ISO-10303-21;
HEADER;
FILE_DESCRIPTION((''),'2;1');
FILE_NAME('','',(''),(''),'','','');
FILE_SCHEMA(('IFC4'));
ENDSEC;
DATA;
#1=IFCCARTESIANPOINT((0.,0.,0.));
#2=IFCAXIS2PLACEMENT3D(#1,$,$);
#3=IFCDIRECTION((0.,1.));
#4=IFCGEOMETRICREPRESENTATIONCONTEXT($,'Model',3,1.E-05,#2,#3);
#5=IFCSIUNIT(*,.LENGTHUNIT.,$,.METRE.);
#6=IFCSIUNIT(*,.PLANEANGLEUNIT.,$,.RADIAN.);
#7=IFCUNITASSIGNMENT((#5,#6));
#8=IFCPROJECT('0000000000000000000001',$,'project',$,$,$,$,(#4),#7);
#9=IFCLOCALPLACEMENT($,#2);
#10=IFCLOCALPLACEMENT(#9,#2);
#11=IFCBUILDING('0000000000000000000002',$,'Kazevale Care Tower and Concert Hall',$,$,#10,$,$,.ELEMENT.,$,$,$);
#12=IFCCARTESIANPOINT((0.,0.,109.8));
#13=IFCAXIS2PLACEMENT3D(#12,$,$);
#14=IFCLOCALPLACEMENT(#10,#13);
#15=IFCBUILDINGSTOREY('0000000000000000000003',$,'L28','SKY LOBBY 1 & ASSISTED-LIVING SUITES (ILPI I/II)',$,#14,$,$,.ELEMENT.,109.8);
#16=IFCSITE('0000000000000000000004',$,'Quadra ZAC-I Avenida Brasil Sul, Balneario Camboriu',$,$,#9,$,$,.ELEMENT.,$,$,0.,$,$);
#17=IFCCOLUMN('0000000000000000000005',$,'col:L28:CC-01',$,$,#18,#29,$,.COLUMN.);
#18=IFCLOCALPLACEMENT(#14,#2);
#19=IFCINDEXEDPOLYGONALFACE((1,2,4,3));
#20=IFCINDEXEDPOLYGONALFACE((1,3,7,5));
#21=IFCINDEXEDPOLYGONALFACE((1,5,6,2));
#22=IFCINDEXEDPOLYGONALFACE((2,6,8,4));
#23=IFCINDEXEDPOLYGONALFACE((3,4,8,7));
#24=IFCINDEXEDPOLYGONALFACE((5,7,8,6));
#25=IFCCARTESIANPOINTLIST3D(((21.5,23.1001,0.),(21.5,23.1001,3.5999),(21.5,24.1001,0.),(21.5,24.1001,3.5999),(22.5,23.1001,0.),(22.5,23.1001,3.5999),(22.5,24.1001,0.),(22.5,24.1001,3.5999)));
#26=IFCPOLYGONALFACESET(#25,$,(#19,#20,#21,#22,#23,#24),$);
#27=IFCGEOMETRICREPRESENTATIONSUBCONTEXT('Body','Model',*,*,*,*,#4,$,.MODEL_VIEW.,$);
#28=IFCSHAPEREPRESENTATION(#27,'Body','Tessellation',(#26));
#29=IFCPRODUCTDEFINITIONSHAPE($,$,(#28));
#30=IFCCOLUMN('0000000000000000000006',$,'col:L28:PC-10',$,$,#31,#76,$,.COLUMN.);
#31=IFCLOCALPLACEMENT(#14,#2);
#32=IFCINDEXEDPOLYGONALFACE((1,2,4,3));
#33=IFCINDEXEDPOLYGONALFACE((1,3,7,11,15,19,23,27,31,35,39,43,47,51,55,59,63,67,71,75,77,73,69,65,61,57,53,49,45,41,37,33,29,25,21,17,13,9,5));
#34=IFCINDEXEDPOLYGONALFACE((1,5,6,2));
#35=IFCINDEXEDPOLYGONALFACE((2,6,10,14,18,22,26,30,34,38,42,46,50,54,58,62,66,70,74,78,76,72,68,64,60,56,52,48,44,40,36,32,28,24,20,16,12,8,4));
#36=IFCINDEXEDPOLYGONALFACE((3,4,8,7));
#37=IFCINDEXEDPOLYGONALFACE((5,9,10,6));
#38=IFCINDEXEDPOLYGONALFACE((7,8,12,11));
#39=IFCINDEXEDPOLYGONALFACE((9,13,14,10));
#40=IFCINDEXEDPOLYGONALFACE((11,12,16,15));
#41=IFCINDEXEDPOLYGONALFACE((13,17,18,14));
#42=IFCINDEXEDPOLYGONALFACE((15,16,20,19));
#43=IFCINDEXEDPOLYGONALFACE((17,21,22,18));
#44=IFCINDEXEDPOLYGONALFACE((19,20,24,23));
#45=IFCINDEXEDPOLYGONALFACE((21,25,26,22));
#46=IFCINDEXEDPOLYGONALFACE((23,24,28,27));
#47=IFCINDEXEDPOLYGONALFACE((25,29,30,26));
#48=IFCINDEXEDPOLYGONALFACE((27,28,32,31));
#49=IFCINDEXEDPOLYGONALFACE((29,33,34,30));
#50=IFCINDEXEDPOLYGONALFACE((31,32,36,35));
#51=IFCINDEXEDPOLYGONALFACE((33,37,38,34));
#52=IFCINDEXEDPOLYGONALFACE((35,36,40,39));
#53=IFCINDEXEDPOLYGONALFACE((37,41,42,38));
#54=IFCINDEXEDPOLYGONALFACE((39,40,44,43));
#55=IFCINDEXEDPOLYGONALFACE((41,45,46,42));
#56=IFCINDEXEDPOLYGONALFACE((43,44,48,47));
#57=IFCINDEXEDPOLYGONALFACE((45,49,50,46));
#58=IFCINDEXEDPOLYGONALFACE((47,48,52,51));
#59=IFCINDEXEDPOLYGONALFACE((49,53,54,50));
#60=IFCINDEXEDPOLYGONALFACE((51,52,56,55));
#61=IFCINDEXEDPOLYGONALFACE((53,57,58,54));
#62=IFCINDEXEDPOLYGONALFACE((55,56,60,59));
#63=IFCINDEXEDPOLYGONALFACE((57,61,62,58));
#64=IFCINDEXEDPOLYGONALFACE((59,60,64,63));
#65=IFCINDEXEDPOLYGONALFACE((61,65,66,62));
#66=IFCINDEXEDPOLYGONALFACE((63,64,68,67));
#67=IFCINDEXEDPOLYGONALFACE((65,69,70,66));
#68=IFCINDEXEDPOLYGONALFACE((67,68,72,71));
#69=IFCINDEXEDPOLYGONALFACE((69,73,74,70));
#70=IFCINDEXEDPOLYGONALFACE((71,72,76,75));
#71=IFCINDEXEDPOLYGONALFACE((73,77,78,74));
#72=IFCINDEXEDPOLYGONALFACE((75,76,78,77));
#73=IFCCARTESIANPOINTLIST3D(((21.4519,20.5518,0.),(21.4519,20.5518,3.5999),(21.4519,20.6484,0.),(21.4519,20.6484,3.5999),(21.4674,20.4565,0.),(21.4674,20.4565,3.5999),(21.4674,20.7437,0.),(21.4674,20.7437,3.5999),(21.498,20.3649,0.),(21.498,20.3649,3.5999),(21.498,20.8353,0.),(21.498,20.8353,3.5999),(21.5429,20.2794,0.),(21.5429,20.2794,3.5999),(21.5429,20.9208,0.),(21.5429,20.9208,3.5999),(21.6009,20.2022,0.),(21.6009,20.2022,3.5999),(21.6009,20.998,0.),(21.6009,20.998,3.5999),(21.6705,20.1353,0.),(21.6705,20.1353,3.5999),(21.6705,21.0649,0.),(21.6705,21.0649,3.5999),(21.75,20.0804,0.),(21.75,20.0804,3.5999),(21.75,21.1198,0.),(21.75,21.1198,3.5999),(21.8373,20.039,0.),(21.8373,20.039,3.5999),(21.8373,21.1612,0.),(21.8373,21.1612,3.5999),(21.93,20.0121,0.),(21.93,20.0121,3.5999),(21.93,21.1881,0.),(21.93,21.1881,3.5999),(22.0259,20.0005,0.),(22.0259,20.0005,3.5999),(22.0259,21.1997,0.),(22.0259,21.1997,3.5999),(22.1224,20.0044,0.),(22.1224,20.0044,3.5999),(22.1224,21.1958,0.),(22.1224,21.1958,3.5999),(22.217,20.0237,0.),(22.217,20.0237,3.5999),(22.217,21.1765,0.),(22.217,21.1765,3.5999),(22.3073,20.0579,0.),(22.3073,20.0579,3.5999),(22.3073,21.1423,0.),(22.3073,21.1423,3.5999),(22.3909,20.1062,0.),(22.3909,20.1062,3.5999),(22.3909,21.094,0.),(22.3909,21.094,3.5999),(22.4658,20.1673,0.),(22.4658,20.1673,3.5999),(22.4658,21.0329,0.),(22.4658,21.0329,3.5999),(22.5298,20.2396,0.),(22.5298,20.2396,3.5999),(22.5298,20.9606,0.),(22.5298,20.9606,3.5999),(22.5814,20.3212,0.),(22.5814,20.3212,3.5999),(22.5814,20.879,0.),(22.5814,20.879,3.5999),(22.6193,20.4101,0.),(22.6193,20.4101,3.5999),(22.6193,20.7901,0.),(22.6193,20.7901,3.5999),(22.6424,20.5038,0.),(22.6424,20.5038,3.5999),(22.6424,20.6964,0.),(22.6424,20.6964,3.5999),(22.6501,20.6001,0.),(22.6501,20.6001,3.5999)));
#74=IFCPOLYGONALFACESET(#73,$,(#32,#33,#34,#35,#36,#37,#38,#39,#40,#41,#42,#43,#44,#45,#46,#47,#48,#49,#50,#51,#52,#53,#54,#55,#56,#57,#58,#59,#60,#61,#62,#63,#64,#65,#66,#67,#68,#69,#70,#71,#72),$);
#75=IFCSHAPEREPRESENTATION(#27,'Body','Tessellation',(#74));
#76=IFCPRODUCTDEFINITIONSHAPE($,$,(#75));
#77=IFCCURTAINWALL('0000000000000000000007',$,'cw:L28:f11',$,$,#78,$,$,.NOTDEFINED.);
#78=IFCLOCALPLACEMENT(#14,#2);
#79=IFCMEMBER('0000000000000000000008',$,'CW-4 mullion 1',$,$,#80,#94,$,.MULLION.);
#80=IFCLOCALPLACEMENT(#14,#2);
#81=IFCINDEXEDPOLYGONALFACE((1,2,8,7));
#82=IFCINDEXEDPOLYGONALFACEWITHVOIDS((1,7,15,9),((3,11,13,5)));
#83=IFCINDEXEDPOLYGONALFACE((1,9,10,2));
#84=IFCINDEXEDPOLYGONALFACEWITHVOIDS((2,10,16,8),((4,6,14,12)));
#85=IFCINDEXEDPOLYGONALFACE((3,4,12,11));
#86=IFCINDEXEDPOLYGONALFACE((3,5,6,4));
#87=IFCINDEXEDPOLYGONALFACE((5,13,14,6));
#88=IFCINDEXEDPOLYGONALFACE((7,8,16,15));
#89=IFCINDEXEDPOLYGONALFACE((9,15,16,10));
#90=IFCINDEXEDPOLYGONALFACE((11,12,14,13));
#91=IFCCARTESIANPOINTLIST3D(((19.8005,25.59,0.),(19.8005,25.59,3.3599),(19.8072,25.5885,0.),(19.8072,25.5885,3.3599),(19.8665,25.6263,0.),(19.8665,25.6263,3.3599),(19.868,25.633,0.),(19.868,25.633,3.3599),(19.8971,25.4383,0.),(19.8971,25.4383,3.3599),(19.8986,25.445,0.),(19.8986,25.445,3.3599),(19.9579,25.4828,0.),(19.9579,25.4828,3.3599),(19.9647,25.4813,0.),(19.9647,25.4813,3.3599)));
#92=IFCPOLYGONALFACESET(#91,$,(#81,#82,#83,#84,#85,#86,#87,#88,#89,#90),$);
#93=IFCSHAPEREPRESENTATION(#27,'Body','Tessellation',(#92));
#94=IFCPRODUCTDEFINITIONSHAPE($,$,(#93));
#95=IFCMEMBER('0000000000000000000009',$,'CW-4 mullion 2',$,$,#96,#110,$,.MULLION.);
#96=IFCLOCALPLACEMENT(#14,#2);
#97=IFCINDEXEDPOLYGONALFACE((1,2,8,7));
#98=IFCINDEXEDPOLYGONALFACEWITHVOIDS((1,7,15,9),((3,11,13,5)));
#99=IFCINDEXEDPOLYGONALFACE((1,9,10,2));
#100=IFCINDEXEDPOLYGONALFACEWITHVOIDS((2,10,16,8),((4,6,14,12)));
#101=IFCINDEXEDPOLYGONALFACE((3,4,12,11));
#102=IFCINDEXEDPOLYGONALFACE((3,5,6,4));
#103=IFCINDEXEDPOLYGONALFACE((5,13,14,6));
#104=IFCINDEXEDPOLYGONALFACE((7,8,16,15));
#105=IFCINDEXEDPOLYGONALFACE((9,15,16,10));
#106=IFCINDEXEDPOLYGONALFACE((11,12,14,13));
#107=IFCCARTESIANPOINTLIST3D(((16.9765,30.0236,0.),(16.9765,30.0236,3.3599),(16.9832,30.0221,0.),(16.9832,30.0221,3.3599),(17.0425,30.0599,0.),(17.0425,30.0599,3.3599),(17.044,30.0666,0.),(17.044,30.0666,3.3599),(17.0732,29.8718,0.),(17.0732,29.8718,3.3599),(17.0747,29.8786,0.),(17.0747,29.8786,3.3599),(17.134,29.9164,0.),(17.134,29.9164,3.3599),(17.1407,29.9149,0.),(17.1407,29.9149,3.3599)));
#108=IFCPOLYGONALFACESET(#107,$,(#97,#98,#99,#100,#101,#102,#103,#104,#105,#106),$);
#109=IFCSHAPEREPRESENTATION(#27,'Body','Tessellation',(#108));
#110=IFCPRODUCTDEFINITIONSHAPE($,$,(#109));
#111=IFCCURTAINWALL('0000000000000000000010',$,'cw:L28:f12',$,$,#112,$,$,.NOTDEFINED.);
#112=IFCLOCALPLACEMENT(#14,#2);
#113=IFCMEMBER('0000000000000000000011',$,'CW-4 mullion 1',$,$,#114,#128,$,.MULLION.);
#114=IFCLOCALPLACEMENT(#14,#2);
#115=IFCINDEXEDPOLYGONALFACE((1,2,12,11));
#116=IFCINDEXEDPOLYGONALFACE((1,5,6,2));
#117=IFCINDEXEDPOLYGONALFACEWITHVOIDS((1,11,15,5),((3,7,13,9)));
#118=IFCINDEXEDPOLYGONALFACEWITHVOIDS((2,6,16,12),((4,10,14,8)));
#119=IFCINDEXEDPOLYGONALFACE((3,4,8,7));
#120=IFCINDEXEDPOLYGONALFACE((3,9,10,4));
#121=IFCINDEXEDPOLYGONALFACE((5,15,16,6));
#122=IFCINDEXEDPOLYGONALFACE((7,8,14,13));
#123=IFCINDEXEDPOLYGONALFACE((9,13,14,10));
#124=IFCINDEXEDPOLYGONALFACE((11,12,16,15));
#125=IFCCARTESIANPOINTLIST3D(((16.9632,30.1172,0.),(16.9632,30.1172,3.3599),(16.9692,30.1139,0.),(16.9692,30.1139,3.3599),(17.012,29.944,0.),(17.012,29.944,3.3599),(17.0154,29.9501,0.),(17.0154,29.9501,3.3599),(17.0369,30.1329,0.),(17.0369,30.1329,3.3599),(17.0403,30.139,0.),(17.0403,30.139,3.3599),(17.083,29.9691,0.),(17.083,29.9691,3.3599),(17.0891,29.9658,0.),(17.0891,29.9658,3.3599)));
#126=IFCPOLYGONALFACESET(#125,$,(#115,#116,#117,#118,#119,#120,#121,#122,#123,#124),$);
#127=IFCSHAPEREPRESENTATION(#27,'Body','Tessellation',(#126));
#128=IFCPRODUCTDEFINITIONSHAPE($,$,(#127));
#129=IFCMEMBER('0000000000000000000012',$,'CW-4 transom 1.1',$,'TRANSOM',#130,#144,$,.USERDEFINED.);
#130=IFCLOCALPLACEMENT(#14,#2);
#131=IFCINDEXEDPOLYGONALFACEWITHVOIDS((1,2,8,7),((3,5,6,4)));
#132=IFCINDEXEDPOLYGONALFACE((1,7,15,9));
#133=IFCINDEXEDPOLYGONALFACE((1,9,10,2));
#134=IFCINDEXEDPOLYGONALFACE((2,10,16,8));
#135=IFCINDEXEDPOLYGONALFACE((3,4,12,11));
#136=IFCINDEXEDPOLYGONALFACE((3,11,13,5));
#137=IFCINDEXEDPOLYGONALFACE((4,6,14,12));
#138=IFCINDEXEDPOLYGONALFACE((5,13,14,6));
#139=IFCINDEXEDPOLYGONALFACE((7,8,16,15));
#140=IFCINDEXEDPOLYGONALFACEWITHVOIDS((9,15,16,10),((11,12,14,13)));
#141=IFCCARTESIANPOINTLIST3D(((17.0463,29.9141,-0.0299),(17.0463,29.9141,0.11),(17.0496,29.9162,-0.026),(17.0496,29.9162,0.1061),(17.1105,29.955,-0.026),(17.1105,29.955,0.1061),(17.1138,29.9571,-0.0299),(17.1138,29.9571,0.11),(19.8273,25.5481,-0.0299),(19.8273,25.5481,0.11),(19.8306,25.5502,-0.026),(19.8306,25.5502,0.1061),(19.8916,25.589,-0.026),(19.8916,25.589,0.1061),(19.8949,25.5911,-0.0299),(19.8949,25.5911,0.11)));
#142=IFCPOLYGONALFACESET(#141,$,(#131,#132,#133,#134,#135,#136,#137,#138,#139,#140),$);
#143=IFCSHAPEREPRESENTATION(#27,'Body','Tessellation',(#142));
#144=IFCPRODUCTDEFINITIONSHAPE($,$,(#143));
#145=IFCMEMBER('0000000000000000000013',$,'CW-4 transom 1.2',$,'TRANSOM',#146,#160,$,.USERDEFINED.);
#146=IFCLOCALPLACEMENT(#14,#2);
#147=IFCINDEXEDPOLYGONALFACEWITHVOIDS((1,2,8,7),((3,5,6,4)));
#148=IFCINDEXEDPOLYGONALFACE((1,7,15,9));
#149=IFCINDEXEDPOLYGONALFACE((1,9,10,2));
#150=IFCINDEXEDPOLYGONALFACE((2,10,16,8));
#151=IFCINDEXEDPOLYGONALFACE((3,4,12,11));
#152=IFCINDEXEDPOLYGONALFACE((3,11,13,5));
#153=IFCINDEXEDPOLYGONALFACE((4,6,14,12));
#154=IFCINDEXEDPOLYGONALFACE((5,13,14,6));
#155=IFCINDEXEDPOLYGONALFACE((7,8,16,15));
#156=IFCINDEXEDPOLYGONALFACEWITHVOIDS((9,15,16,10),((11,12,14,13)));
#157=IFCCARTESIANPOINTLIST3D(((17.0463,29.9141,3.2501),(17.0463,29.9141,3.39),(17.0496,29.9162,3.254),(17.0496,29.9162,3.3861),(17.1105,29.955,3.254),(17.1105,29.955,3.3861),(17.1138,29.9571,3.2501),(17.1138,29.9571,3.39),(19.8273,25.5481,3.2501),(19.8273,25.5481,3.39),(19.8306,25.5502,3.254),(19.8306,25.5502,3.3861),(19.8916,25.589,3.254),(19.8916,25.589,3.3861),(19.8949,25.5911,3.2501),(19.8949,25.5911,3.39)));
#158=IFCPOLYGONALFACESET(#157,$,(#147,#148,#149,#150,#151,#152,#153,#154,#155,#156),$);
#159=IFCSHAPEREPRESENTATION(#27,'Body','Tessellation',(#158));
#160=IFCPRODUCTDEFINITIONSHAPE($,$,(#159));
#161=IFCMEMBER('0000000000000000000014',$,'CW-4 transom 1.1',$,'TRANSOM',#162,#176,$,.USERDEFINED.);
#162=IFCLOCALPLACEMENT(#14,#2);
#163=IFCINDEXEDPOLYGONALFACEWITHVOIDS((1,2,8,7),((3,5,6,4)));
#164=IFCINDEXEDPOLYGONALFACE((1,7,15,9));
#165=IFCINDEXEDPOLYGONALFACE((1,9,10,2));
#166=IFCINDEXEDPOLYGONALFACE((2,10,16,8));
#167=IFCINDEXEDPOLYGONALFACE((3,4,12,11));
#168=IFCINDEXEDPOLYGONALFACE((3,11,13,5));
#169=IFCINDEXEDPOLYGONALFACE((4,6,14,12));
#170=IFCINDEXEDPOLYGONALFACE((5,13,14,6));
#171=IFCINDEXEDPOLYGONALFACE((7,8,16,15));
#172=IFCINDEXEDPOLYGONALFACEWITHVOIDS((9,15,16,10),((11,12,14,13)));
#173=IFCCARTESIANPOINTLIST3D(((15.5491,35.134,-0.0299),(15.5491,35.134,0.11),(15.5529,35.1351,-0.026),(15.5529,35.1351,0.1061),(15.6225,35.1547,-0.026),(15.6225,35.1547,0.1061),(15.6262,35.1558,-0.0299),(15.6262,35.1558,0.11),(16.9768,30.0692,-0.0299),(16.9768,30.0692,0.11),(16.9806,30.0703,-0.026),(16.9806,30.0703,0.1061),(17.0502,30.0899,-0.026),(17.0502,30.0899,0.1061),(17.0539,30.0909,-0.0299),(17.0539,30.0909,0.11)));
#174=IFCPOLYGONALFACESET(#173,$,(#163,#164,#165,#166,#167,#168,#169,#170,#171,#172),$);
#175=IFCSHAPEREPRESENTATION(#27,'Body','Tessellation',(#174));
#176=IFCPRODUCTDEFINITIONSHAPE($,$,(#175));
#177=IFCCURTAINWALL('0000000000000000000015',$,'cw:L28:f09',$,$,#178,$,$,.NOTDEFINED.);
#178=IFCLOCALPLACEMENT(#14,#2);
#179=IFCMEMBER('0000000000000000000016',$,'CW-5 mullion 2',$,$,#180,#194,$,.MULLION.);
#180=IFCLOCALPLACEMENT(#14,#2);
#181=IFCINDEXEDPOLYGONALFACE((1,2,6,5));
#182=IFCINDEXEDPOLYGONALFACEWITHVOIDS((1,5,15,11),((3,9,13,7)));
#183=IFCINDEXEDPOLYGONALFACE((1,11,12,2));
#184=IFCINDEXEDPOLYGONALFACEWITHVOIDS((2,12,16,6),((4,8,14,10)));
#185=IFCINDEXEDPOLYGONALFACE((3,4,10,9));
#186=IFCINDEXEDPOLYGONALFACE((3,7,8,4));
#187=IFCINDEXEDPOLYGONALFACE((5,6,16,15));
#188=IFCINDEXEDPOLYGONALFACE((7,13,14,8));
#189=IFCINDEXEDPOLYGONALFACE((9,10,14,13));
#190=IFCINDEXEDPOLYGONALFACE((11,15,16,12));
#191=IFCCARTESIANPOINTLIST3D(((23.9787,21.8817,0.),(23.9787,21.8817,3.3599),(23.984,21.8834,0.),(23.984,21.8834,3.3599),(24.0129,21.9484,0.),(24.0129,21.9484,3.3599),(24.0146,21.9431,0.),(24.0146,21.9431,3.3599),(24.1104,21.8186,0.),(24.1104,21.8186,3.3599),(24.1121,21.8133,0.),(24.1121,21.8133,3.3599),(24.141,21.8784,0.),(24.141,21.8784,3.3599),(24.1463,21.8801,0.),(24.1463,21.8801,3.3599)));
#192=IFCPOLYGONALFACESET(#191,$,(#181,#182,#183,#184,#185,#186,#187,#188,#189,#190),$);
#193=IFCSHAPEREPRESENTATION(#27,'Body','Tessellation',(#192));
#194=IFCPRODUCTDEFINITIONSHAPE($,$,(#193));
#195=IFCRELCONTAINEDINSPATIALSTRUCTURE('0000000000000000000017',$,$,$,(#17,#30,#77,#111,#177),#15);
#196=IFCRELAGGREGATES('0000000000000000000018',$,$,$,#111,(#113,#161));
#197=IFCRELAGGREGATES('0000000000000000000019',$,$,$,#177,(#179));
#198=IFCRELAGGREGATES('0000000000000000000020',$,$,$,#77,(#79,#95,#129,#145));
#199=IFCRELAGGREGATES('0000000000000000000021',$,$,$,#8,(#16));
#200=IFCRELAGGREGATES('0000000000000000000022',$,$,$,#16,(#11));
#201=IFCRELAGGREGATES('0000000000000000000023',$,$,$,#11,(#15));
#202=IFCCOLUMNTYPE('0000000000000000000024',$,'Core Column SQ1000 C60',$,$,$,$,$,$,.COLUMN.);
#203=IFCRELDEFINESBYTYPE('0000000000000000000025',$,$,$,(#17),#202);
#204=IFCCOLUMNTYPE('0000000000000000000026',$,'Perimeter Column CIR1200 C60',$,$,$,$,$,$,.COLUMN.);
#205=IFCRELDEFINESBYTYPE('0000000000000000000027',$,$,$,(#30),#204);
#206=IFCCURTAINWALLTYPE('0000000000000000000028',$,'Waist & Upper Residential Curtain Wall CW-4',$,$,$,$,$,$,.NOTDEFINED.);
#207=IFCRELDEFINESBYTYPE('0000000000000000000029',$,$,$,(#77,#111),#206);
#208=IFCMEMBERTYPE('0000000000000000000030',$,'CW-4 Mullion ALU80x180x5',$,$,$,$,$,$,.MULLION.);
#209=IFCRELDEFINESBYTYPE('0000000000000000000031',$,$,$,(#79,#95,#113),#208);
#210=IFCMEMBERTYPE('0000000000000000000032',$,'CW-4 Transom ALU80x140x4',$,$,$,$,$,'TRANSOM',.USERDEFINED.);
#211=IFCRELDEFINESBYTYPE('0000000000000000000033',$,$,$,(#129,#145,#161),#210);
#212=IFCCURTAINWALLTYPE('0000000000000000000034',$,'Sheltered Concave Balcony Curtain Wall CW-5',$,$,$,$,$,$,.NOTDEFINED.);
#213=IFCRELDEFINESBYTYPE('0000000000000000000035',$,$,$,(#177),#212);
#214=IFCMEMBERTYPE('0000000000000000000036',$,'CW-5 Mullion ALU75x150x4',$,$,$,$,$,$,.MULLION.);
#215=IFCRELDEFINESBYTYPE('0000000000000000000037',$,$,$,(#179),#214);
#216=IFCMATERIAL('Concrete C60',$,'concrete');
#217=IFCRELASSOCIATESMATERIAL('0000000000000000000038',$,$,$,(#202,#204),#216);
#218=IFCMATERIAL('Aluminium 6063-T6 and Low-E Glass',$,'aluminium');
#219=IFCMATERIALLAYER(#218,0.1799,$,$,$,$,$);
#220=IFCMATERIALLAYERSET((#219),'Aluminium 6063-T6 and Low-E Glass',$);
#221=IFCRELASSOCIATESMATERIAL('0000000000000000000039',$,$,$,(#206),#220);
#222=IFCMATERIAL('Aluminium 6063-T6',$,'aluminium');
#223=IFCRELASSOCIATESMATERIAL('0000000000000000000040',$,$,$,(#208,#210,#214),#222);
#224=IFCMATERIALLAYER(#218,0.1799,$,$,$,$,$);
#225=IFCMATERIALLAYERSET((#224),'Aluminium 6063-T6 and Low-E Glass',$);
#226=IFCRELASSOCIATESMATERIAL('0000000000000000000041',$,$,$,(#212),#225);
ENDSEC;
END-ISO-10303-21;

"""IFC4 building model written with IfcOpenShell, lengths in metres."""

from ifc_helpers import new_model, si_unit, direction, frame, origin, origin_2d, place, context, subcontext, project, spatial, rectangle, hollow_rectangle, circle, extrude, material, layer, layer_set, material_profile, profile_set, type_object, element, aggregate, save


model = new_model("IFC4")

# Units and contexts
model_context = context("Model", 3, precision=1e-05, world=origin(), true_north=direction((0.0, 1.0)))
body_context = subcontext(model_context, "Body", "Model", "MODEL_VIEW")
ifc_project = project(units=[si_unit("LENGTHUNIT", "METRE"), si_unit("PLANEANGLEUNIT", "RADIAN")], contexts=[model_context])

# Site, building, storey
site_placement = place(None, origin())
site = spatial("IfcSite", under=ifc_project, at=site_placement, Name="Quadra ZAC-I Avenida Brasil Sul, Balneario Camboriu", CompositionType="ELEMENT", RefElevation=0.0)
building_placement = place(site_placement, origin())
building = spatial("IfcBuilding", under=site, at=building_placement, Name="Kazevale Care Tower and Concert Hall", CompositionType="ELEMENT")
storey_placement = place(building_placement, frame((0.0, 0.0, 109.8)))
storey = spatial("IfcBuildingStorey", under=building, at=storey_placement, Name="L28", Description="SKY LOBBY 1 & ASSISTED-LIVING SUITES (ILPI I/II)", CompositionType="ELEMENT", Elevation=109.8)

# Columns
ifc_material_1 = material(Name="Concrete C60", Category="concrete")
ifc_material_profile_1 = material_profile(ifc_material_1, rectangle(XDim=1.0, YDim=1.0, at=origin_2d()), Name="RC-SQ1000")
ifc_profile_set_1 = profile_set([ifc_material_profile_1], Name="Concrete C60")
column_type_1 = type_object("IfcColumnType", Name="Core Column SQ1000 C60", PredefinedType="COLUMN", material=ifc_profile_set_1)
column_1_placement = place(storey_placement, frame((22.0, 23.6001, 0.0), z_axis=(0.0, 0.0, 1.0), x_axis=(1.0, 0.0, 0.0)))
element("IfcColumn", 1, at=column_1_placement, inside=storey, type_object=column_type_1, Name="col:L28:CC-01", PredefinedType="COLUMN", context=body_context, shape_type="SweptSolid", body=[
    extrude(rectangle(XDim=1.0, YDim=1.0, at=origin_2d()), origin(), (0.0, 0.0, 1.0), 3.5999),
])
ifc_material_profile_2 = material_profile(ifc_material_1, circle(Radius=0.6001, at=origin_2d()), Name="RC-CIR1200")
ifc_profile_set_2 = profile_set([ifc_material_profile_2], Name="Concrete C60")
column_type_2 = type_object("IfcColumnType", Name="Perimeter Column CIR1200 C60", PredefinedType="COLUMN", material=ifc_profile_set_2)
column_2_placement = place(storey_placement, frame((22.05, 20.6001, 0.0), z_axis=(0.0, 0.0, 1.0), x_axis=(1.0, 0.0, 0.0)))
element("IfcColumn", 2, at=column_2_placement, inside=storey, type_object=column_type_2, Name="col:L28:PC-10", PredefinedType="COLUMN", context=body_context, shape_type="SweptSolid", body=[
    extrude(circle(Radius=0.6001, at=origin_2d()), origin(), (0.0, 0.0, 1.0), 3.5999),
])

# Curtain wall, members
ifc_material_2 = material(Name="Aluminium 6063-T6 and Low-E Glass", Category="aluminium")
ifc_layer_1 = layer(ifc_material_2, 0.1799)
ifc_layer_set_1 = layer_set([ifc_layer_1], Name="Aluminium 6063-T6 and Low-E Glass")
curtain_wall_type_1 = type_object("IfcCurtainWallType", Name="Waist & Upper Residential Curtain Wall CW-4", PredefinedType="NOTDEFINED", material=ifc_layer_set_1)
curtain_wall_1_placement = place(storey_placement, origin())
curtain_wall_1 = element("IfcCurtainWall", 3, at=curtain_wall_1_placement, inside=storey, type_object=curtain_wall_type_1, Name="cw:L28:f11", PredefinedType="NOTDEFINED")
ifc_material_3 = material(Name="Aluminium 6063-T6", Category="aluminium")
ifc_material_profile_3 = material_profile(ifc_material_3, hollow_rectangle(XDim=0.0801, YDim=0.1799, WallThickness=0.0049, at=origin_2d()), Name="ALU80x180x5")
ifc_profile_set_3 = profile_set([ifc_material_profile_3], Name="Aluminium 6063-T6")
member_type_1 = type_object("IfcMemberType", Name="CW-4 Mullion ALU80x180x5", PredefinedType="MULLION", material=ifc_profile_set_3)
member_1_placement = place(storey_placement, frame((19.8826, 25.5356, 0.0), z_axis=(0.0, 0.0, 1.0), x_axis=(-0.84343, -0.537239, 0.0)))
member_1 = element("IfcMember", 4, at=member_1_placement, type_object=member_type_1, Name="CW-4 mullion 1", PredefinedType="MULLION", context=body_context, shape_type="SweptSolid", body=[
    extrude(hollow_rectangle(XDim=0.0801, YDim=0.1799, WallThickness=0.0049, at=origin_2d()), origin(), (0.0, 0.0, 1.0), 3.3599),
])
member_2_placement = place(storey_placement, frame((17.0586, 29.9692, 0.0), z_axis=(0.0, 0.0, 1.0), x_axis=(-0.84343, -0.537239, 0.0)))
member_2 = element("IfcMember", 5, at=member_2_placement, type_object=member_type_1, Name="CW-4 mullion 2", PredefinedType="MULLION", context=body_context, shape_type="SweptSolid", body=[
    extrude(hollow_rectangle(XDim=0.0801, YDim=0.1799, WallThickness=0.0049, at=origin_2d()), origin(), (0.0, 0.0, 1.0), 3.3599),
])

# Curtain wall, member
curtain_wall_2_placement = place(storey_placement, origin())
curtain_wall_2 = element("IfcCurtainWall", 6, at=curtain_wall_2_placement, inside=storey, type_object=curtain_wall_type_1, Name="cw:L28:f12", PredefinedType="NOTDEFINED")
member_3_placement = place(storey_placement, frame((17.0261, 30.0415, 0.0), z_axis=(0.0, 0.0, 1.0), x_axis=(-0.962499, -0.271285, 0.0)))
member_3 = element("IfcMember", 7, at=member_3_placement, type_object=member_type_1, Name="CW-4 mullion 1", PredefinedType="MULLION", context=body_context, shape_type="SweptSolid", body=[
    extrude(hollow_rectangle(XDim=0.0801, YDim=0.1799, WallThickness=0.0049, at=origin_2d()), origin(), (0.0, 0.0, 1.0), 3.3599),
])

# Members
ifc_material_profile_4 = material_profile(ifc_material_3, hollow_rectangle(XDim=0.0801, YDim=0.1399, WallThickness=0.0039, at=origin_2d()), Name="ALU80x140x4")
ifc_profile_set_4 = profile_set([ifc_material_profile_4], Name="Aluminium 6063-T6")
member_type_2 = type_object("IfcMemberType", Name="CW-4 Transom ALU80x140x4", ElementType="TRANSOM", PredefinedType="USERDEFINED", material=ifc_profile_set_4)
member_4_placement = place(storey_placement, frame((19.8611, 25.5696, 0.04), z_axis=(-0.537242, 0.843428, 0.0), x_axis=(-0.843428, -0.537242, 0.0)))
member_4 = element("IfcMember", 8, at=member_4_placement, type_object=member_type_2, Name="CW-4 transom 1.1", ObjectType="TRANSOM", PredefinedType="USERDEFINED", context=body_context, shape_type="SweptSolid", body=[
    extrude(hollow_rectangle(XDim=0.0801, YDim=0.1399, WallThickness=0.0039, at=origin_2d()), origin(), (0.0, 0.0, 1.0), 5.1765),
])
member_5_placement = place(storey_placement, frame((19.8611, 25.5696, 3.3201), z_axis=(-0.537242, 0.843428, 0.0), x_axis=(-0.843428, -0.537242, 0.0)))
member_5 = element("IfcMember", 9, at=member_5_placement, type_object=member_type_2, Name="CW-4 transom 1.2", ObjectType="TRANSOM", PredefinedType="USERDEFINED", context=body_context, shape_type="SweptSolid", body=[
    extrude(hollow_rectangle(XDim=0.0801, YDim=0.1399, WallThickness=0.0039, at=origin_2d()), origin(), (0.0, 0.0, 1.0), 5.1765),
])
member_6_placement = place(storey_placement, frame((17.0154, 30.0801, 0.04), z_axis=(-0.271313, 0.962491, 0.0), x_axis=(-0.962491, -0.271313, 0.0)))
member_6 = element("IfcMember", 10, at=member_6_placement, type_object=member_type_2, Name="CW-4 transom 1.1", ObjectType="TRANSOM", PredefinedType="USERDEFINED", context=body_context, shape_type="SweptSolid", body=[
    extrude(hollow_rectangle(XDim=0.0801, YDim=0.1399, WallThickness=0.0039, at=origin_2d()), origin(), (0.0, 0.0, 1.0), 5.2622),
])
aggregate(curtain_wall_2, [member_3, member_6])

# Curtain wall, member
ifc_layer_2 = layer(ifc_material_2, 0.1799)
ifc_layer_set_2 = layer_set([ifc_layer_2], Name="Aluminium 6063-T6 and Low-E Glass")
curtain_wall_type_2 = type_object("IfcCurtainWallType", Name="Sheltered Concave Balcony Curtain Wall CW-5", PredefinedType="NOTDEFINED", material=ifc_layer_set_2)
curtain_wall_3_placement = place(storey_placement, origin())
curtain_wall_3 = element("IfcCurtainWall", 11, at=curtain_wall_3_placement, inside=storey, type_object=curtain_wall_type_2, Name="cw:L28:f09", PredefinedType="NOTDEFINED")
ifc_material_profile_5 = material_profile(ifc_material_3, hollow_rectangle(XDim=0.075, YDim=0.1499, WallThickness=0.0039, at=origin_2d()), Name="ALU75x150x4")
ifc_profile_set_5 = profile_set([ifc_material_profile_5], Name="Aluminium 6063-T6")
member_type_3 = type_object("IfcMemberType", Name="CW-5 Mullion ALU75x150x4", PredefinedType="MULLION", material=ifc_profile_set_5)
member_7_placement = place(storey_placement, frame((24.0625, 21.8809, 0.0), z_axis=(0.0, 0.0, 1.0), x_axis=(-0.455713, -0.890127, 0.0)))
member_7 = element("IfcMember", 12, at=member_7_placement, type_object=member_type_3, Name="CW-5 mullion 2", PredefinedType="MULLION", context=body_context, shape_type="SweptSolid", body=[
    extrude(hollow_rectangle(XDim=0.075, YDim=0.1499, WallThickness=0.0039, at=origin_2d()), origin(), (0.0, 0.0, 1.0), 3.3599),
])
aggregate(curtain_wall_3, [member_7])

aggregate(curtain_wall_1, [member_1, member_2, member_4, member_5])

save(model, "model.ifc")
